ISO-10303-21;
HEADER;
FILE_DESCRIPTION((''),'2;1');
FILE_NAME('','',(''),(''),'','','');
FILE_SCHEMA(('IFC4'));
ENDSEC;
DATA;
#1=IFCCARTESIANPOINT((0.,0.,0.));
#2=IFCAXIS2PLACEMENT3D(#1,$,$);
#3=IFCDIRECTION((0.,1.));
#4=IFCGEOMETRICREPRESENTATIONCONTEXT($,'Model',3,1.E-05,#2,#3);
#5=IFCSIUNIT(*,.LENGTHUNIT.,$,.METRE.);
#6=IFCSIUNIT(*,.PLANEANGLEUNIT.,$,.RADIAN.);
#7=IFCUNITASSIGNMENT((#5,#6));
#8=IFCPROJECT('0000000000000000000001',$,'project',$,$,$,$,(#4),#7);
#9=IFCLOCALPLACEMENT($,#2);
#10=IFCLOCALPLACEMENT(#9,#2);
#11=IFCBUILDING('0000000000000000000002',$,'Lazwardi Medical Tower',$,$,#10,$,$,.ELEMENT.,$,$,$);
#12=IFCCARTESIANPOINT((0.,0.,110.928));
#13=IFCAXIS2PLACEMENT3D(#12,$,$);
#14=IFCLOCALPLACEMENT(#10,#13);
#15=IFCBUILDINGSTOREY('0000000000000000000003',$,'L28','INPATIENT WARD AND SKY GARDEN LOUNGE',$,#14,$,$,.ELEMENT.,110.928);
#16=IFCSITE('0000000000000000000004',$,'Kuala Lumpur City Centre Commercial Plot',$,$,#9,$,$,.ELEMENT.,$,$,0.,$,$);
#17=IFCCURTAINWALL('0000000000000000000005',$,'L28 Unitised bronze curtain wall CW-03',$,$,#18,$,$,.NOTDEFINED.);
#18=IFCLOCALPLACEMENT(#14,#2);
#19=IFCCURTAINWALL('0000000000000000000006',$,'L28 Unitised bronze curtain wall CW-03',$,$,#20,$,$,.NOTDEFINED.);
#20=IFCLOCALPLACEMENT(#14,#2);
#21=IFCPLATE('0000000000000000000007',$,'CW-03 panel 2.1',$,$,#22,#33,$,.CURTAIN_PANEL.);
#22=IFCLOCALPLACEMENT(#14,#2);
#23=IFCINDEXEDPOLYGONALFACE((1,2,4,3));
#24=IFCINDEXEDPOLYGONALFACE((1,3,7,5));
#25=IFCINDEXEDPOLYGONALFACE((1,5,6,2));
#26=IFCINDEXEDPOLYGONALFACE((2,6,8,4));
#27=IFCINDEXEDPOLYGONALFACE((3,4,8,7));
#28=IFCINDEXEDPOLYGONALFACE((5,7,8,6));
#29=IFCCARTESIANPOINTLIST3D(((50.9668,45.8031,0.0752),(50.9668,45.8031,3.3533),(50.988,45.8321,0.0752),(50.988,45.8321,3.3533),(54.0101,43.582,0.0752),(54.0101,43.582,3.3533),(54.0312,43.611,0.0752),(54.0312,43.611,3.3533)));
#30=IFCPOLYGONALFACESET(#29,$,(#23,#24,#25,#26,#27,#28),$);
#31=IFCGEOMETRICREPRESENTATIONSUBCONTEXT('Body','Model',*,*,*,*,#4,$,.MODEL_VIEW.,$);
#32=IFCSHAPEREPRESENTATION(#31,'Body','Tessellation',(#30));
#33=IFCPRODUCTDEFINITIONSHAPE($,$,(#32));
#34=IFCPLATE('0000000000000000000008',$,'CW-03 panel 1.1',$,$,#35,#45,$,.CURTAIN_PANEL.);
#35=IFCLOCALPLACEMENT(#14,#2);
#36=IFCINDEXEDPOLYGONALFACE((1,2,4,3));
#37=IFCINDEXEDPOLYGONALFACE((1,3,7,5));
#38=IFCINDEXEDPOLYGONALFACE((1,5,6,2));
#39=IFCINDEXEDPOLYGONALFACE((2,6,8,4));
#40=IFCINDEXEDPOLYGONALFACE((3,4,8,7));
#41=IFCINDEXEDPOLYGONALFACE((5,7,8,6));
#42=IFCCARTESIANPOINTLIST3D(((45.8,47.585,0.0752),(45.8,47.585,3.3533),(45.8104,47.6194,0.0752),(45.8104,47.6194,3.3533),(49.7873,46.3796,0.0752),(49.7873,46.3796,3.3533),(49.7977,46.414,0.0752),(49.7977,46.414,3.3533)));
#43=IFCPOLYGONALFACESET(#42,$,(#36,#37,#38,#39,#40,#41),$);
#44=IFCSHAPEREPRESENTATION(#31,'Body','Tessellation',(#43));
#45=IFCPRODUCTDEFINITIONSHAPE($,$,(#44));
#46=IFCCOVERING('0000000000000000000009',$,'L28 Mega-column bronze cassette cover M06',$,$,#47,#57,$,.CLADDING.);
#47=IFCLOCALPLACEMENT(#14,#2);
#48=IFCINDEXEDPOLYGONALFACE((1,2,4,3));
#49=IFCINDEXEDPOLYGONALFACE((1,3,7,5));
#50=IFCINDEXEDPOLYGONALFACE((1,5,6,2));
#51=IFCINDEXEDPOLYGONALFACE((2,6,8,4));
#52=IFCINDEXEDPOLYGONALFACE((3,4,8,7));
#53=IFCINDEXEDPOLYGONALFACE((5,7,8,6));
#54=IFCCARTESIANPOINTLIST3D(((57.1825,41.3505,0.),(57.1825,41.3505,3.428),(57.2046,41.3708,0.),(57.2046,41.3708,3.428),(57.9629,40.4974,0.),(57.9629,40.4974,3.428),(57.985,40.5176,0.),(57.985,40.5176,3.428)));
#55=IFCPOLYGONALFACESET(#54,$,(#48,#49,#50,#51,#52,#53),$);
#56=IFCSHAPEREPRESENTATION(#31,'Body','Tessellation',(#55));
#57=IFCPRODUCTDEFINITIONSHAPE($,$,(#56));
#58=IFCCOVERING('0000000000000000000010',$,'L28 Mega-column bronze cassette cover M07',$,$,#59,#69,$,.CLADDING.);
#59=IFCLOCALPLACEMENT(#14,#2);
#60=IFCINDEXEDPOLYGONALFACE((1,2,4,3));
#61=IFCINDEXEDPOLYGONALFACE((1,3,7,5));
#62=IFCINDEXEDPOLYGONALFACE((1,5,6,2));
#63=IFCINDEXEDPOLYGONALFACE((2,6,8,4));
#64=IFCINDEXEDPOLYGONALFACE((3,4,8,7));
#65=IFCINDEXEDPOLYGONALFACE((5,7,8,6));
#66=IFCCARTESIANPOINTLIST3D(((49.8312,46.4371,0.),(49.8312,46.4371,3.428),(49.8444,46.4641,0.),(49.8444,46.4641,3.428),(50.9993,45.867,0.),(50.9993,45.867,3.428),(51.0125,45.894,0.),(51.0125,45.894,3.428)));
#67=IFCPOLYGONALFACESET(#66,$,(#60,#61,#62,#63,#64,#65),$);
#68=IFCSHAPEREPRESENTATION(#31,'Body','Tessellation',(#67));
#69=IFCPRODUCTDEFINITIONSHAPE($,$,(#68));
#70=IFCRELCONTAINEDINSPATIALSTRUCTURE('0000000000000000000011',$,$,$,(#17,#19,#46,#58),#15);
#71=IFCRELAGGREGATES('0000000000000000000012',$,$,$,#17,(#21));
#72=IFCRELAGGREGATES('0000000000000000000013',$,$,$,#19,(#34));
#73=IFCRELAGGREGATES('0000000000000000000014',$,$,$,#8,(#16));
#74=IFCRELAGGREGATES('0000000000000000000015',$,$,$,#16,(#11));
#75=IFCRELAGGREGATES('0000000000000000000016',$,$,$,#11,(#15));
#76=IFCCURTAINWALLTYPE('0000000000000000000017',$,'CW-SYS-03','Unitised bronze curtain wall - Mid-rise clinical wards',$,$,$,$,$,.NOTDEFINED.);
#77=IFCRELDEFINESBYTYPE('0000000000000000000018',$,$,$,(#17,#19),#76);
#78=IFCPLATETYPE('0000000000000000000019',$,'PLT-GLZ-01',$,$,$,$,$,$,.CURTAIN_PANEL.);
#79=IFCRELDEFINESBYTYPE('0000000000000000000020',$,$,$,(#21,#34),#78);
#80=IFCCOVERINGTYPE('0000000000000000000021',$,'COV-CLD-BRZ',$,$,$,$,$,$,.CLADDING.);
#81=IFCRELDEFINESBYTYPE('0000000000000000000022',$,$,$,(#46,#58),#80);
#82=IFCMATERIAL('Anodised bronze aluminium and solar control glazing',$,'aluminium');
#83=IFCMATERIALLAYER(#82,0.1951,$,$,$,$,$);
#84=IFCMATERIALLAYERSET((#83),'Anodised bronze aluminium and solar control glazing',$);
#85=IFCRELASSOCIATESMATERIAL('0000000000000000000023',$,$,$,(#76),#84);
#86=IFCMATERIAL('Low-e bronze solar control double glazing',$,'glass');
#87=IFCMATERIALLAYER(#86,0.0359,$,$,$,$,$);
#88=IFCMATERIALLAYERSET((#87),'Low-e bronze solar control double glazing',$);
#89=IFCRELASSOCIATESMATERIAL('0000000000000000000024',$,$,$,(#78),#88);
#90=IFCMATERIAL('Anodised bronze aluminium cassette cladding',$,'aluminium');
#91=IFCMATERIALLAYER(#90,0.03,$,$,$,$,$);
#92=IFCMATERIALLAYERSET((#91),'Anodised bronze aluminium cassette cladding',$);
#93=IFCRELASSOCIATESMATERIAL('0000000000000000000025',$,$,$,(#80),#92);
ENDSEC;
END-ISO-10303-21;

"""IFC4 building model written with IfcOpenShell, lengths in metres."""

from ifc_helpers import new_model, si_unit, direction, frame, origin, origin_2d, place, context, subcontext, project, spatial, rectangle, extrude, material, layer, layer_set, type_object, element, aggregate, save


model = new_model("IFC4")

# Units and contexts
model_context = context("Model", 3, precision=1e-05, world=origin(), true_north=direction((0.0, 1.0)))
body_context = subcontext(model_context, "Body", "Model", "MODEL_VIEW")
ifc_project = project(units=[si_unit("LENGTHUNIT", "METRE"), si_unit("PLANEANGLEUNIT", "RADIAN")], contexts=[model_context])

# Site, building, storey
site_placement = place(None, origin())
site = spatial("IfcSite", under=ifc_project, at=site_placement, Name="Kuala Lumpur City Centre Commercial Plot", CompositionType="ELEMENT", RefElevation=0.0)
building_placement = place(site_placement, origin())
building = spatial("IfcBuilding", under=site, at=building_placement, Name="Lazwardi Medical Tower", CompositionType="ELEMENT")
storey_placement = place(building_placement, frame((0.0, 0.0, 110.928)))
storey = spatial("IfcBuildingStorey", under=building, at=storey_placement, Name="L28", Description="INPATIENT WARD AND SKY GARDEN LOUNGE", CompositionType="ELEMENT", Elevation=110.928)

# Shared definitions
ifc_material_1 = material(Name="Anodised bronze aluminium and solar control glazing", Category="aluminium")
ifc_layer_1 = layer(ifc_material_1, 0.1951)
ifc_layer_set_1 = layer_set([ifc_layer_1], Name="Anodised bronze aluminium and solar control glazing")
curtain_wall_type = type_object("IfcCurtainWallType", Name="CW-SYS-03", Description="Unitised bronze curtain wall - Mid-rise clinical wards", PredefinedType="NOTDEFINED", material=ifc_layer_set_1)

# Curtain wall
curtain_wall_1_placement = place(storey_placement, origin())
curtain_wall_1 = element("IfcCurtainWall", 1, at=curtain_wall_1_placement, inside=storey, type_object=curtain_wall_type, Name="L28 Unitised bronze curtain wall CW-03", PredefinedType="NOTDEFINED")

# Curtain wall
curtain_wall_2_placement = place(storey_placement, origin())
curtain_wall_2 = element("IfcCurtainWall", 2, at=curtain_wall_2_placement, inside=storey, type_object=curtain_wall_type, Name="L28 Unitised bronze curtain wall CW-03", PredefinedType="NOTDEFINED")

# Plates
ifc_material_2 = material(Name="Low-e bronze solar control double glazing", Category="glass")
ifc_layer_2 = layer(ifc_material_2, 0.0359)
ifc_layer_set_2 = layer_set([ifc_layer_2], Name="Low-e bronze solar control double glazing")
plate_type = type_object("IfcPlateType", Name="PLT-GLZ-01", PredefinedType="CURTAIN_PANEL", material=ifc_layer_set_2)
plate_1_placement = place(storey_placement, frame((52.499, 44.707, 0.0752), z_axis=(0.0, 0.0, 1.0), x_axis=(-0.807746, 0.589531, 0.0)))
plate_1 = element("IfcPlate", 3, at=plate_1_placement, type_object=plate_type, Name="CW-03 panel 2.1", PredefinedType="CURTAIN_PANEL", context=body_context, shape_type="SweptSolid", body=[
    extrude(rectangle(XDim=3.7676, YDim=0.0359, at=origin_2d()), origin(), (0.0, 0.0, 1.0), 3.2781),
])
aggregate(curtain_wall_1, [plate_1])
plate_2_placement = place(storey_placement, frame((47.7988, 46.9995, 0.0752), z_axis=(0.0, 0.0, 1.0), x_axis=(-0.957216, 0.289374, 0.0)))
plate_2 = element("IfcPlate", 4, at=plate_2_placement, type_object=plate_type, Name="CW-03 panel 1.1", PredefinedType="CURTAIN_PANEL", context=body_context, shape_type="SweptSolid", body=[
    extrude(rectangle(XDim=4.1655, YDim=0.0359, at=origin_2d()), origin(), (0.0, 0.0, 1.0), 3.2781),
])
aggregate(curtain_wall_2, [plate_2])

# Coverings
ifc_material_3 = material(Name="Anodised bronze aluminium cassette cladding", Category="aluminium")
ifc_layer_3 = layer(ifc_material_3, 0.03)
ifc_layer_set_3 = layer_set([ifc_layer_3], Name="Anodised bronze aluminium cassette cladding")
covering_type = type_object("IfcCoveringType", Name="COV-CLD-BRZ", PredefinedType="CLADDING", material=ifc_layer_set_3)
covering_1_placement = place(storey_placement, frame((57.5837, 40.9341, 0.0), z_axis=(0.0, 0.0, 1.0), x_axis=(-0.674926, 0.737885, 0.0)))
element("IfcCovering", 5, at=covering_1_placement, inside=storey, type_object=covering_type, Name="L28 Mega-column bronze cassette cover M06", PredefinedType="CLADDING", context=body_context, shape_type="SweptSolid", body=[
    extrude(rectangle(XDim=1.1562, YDim=0.03, at=origin_2d()), origin(), (0.0, 0.0, 1.0), 3.428),
])
covering_2_placement = place(storey_placement, frame((50.4219, 46.1655, 0.0), z_axis=(0.0, 0.0, 1.0), x_axis=(-0.898679, 0.438606, 0.0)))
element("IfcCovering", 6, at=covering_2_placement, inside=storey, type_object=covering_type, Name="L28 Mega-column bronze cassette cover M07", PredefinedType="CLADDING", context=body_context, shape_type="SweptSolid", body=[
    extrude(rectangle(XDim=1.2998, YDim=0.03, at=origin_2d()), origin(), (0.0, 0.0, 1.0), 3.428),
])

save(model, "model.ifc")
